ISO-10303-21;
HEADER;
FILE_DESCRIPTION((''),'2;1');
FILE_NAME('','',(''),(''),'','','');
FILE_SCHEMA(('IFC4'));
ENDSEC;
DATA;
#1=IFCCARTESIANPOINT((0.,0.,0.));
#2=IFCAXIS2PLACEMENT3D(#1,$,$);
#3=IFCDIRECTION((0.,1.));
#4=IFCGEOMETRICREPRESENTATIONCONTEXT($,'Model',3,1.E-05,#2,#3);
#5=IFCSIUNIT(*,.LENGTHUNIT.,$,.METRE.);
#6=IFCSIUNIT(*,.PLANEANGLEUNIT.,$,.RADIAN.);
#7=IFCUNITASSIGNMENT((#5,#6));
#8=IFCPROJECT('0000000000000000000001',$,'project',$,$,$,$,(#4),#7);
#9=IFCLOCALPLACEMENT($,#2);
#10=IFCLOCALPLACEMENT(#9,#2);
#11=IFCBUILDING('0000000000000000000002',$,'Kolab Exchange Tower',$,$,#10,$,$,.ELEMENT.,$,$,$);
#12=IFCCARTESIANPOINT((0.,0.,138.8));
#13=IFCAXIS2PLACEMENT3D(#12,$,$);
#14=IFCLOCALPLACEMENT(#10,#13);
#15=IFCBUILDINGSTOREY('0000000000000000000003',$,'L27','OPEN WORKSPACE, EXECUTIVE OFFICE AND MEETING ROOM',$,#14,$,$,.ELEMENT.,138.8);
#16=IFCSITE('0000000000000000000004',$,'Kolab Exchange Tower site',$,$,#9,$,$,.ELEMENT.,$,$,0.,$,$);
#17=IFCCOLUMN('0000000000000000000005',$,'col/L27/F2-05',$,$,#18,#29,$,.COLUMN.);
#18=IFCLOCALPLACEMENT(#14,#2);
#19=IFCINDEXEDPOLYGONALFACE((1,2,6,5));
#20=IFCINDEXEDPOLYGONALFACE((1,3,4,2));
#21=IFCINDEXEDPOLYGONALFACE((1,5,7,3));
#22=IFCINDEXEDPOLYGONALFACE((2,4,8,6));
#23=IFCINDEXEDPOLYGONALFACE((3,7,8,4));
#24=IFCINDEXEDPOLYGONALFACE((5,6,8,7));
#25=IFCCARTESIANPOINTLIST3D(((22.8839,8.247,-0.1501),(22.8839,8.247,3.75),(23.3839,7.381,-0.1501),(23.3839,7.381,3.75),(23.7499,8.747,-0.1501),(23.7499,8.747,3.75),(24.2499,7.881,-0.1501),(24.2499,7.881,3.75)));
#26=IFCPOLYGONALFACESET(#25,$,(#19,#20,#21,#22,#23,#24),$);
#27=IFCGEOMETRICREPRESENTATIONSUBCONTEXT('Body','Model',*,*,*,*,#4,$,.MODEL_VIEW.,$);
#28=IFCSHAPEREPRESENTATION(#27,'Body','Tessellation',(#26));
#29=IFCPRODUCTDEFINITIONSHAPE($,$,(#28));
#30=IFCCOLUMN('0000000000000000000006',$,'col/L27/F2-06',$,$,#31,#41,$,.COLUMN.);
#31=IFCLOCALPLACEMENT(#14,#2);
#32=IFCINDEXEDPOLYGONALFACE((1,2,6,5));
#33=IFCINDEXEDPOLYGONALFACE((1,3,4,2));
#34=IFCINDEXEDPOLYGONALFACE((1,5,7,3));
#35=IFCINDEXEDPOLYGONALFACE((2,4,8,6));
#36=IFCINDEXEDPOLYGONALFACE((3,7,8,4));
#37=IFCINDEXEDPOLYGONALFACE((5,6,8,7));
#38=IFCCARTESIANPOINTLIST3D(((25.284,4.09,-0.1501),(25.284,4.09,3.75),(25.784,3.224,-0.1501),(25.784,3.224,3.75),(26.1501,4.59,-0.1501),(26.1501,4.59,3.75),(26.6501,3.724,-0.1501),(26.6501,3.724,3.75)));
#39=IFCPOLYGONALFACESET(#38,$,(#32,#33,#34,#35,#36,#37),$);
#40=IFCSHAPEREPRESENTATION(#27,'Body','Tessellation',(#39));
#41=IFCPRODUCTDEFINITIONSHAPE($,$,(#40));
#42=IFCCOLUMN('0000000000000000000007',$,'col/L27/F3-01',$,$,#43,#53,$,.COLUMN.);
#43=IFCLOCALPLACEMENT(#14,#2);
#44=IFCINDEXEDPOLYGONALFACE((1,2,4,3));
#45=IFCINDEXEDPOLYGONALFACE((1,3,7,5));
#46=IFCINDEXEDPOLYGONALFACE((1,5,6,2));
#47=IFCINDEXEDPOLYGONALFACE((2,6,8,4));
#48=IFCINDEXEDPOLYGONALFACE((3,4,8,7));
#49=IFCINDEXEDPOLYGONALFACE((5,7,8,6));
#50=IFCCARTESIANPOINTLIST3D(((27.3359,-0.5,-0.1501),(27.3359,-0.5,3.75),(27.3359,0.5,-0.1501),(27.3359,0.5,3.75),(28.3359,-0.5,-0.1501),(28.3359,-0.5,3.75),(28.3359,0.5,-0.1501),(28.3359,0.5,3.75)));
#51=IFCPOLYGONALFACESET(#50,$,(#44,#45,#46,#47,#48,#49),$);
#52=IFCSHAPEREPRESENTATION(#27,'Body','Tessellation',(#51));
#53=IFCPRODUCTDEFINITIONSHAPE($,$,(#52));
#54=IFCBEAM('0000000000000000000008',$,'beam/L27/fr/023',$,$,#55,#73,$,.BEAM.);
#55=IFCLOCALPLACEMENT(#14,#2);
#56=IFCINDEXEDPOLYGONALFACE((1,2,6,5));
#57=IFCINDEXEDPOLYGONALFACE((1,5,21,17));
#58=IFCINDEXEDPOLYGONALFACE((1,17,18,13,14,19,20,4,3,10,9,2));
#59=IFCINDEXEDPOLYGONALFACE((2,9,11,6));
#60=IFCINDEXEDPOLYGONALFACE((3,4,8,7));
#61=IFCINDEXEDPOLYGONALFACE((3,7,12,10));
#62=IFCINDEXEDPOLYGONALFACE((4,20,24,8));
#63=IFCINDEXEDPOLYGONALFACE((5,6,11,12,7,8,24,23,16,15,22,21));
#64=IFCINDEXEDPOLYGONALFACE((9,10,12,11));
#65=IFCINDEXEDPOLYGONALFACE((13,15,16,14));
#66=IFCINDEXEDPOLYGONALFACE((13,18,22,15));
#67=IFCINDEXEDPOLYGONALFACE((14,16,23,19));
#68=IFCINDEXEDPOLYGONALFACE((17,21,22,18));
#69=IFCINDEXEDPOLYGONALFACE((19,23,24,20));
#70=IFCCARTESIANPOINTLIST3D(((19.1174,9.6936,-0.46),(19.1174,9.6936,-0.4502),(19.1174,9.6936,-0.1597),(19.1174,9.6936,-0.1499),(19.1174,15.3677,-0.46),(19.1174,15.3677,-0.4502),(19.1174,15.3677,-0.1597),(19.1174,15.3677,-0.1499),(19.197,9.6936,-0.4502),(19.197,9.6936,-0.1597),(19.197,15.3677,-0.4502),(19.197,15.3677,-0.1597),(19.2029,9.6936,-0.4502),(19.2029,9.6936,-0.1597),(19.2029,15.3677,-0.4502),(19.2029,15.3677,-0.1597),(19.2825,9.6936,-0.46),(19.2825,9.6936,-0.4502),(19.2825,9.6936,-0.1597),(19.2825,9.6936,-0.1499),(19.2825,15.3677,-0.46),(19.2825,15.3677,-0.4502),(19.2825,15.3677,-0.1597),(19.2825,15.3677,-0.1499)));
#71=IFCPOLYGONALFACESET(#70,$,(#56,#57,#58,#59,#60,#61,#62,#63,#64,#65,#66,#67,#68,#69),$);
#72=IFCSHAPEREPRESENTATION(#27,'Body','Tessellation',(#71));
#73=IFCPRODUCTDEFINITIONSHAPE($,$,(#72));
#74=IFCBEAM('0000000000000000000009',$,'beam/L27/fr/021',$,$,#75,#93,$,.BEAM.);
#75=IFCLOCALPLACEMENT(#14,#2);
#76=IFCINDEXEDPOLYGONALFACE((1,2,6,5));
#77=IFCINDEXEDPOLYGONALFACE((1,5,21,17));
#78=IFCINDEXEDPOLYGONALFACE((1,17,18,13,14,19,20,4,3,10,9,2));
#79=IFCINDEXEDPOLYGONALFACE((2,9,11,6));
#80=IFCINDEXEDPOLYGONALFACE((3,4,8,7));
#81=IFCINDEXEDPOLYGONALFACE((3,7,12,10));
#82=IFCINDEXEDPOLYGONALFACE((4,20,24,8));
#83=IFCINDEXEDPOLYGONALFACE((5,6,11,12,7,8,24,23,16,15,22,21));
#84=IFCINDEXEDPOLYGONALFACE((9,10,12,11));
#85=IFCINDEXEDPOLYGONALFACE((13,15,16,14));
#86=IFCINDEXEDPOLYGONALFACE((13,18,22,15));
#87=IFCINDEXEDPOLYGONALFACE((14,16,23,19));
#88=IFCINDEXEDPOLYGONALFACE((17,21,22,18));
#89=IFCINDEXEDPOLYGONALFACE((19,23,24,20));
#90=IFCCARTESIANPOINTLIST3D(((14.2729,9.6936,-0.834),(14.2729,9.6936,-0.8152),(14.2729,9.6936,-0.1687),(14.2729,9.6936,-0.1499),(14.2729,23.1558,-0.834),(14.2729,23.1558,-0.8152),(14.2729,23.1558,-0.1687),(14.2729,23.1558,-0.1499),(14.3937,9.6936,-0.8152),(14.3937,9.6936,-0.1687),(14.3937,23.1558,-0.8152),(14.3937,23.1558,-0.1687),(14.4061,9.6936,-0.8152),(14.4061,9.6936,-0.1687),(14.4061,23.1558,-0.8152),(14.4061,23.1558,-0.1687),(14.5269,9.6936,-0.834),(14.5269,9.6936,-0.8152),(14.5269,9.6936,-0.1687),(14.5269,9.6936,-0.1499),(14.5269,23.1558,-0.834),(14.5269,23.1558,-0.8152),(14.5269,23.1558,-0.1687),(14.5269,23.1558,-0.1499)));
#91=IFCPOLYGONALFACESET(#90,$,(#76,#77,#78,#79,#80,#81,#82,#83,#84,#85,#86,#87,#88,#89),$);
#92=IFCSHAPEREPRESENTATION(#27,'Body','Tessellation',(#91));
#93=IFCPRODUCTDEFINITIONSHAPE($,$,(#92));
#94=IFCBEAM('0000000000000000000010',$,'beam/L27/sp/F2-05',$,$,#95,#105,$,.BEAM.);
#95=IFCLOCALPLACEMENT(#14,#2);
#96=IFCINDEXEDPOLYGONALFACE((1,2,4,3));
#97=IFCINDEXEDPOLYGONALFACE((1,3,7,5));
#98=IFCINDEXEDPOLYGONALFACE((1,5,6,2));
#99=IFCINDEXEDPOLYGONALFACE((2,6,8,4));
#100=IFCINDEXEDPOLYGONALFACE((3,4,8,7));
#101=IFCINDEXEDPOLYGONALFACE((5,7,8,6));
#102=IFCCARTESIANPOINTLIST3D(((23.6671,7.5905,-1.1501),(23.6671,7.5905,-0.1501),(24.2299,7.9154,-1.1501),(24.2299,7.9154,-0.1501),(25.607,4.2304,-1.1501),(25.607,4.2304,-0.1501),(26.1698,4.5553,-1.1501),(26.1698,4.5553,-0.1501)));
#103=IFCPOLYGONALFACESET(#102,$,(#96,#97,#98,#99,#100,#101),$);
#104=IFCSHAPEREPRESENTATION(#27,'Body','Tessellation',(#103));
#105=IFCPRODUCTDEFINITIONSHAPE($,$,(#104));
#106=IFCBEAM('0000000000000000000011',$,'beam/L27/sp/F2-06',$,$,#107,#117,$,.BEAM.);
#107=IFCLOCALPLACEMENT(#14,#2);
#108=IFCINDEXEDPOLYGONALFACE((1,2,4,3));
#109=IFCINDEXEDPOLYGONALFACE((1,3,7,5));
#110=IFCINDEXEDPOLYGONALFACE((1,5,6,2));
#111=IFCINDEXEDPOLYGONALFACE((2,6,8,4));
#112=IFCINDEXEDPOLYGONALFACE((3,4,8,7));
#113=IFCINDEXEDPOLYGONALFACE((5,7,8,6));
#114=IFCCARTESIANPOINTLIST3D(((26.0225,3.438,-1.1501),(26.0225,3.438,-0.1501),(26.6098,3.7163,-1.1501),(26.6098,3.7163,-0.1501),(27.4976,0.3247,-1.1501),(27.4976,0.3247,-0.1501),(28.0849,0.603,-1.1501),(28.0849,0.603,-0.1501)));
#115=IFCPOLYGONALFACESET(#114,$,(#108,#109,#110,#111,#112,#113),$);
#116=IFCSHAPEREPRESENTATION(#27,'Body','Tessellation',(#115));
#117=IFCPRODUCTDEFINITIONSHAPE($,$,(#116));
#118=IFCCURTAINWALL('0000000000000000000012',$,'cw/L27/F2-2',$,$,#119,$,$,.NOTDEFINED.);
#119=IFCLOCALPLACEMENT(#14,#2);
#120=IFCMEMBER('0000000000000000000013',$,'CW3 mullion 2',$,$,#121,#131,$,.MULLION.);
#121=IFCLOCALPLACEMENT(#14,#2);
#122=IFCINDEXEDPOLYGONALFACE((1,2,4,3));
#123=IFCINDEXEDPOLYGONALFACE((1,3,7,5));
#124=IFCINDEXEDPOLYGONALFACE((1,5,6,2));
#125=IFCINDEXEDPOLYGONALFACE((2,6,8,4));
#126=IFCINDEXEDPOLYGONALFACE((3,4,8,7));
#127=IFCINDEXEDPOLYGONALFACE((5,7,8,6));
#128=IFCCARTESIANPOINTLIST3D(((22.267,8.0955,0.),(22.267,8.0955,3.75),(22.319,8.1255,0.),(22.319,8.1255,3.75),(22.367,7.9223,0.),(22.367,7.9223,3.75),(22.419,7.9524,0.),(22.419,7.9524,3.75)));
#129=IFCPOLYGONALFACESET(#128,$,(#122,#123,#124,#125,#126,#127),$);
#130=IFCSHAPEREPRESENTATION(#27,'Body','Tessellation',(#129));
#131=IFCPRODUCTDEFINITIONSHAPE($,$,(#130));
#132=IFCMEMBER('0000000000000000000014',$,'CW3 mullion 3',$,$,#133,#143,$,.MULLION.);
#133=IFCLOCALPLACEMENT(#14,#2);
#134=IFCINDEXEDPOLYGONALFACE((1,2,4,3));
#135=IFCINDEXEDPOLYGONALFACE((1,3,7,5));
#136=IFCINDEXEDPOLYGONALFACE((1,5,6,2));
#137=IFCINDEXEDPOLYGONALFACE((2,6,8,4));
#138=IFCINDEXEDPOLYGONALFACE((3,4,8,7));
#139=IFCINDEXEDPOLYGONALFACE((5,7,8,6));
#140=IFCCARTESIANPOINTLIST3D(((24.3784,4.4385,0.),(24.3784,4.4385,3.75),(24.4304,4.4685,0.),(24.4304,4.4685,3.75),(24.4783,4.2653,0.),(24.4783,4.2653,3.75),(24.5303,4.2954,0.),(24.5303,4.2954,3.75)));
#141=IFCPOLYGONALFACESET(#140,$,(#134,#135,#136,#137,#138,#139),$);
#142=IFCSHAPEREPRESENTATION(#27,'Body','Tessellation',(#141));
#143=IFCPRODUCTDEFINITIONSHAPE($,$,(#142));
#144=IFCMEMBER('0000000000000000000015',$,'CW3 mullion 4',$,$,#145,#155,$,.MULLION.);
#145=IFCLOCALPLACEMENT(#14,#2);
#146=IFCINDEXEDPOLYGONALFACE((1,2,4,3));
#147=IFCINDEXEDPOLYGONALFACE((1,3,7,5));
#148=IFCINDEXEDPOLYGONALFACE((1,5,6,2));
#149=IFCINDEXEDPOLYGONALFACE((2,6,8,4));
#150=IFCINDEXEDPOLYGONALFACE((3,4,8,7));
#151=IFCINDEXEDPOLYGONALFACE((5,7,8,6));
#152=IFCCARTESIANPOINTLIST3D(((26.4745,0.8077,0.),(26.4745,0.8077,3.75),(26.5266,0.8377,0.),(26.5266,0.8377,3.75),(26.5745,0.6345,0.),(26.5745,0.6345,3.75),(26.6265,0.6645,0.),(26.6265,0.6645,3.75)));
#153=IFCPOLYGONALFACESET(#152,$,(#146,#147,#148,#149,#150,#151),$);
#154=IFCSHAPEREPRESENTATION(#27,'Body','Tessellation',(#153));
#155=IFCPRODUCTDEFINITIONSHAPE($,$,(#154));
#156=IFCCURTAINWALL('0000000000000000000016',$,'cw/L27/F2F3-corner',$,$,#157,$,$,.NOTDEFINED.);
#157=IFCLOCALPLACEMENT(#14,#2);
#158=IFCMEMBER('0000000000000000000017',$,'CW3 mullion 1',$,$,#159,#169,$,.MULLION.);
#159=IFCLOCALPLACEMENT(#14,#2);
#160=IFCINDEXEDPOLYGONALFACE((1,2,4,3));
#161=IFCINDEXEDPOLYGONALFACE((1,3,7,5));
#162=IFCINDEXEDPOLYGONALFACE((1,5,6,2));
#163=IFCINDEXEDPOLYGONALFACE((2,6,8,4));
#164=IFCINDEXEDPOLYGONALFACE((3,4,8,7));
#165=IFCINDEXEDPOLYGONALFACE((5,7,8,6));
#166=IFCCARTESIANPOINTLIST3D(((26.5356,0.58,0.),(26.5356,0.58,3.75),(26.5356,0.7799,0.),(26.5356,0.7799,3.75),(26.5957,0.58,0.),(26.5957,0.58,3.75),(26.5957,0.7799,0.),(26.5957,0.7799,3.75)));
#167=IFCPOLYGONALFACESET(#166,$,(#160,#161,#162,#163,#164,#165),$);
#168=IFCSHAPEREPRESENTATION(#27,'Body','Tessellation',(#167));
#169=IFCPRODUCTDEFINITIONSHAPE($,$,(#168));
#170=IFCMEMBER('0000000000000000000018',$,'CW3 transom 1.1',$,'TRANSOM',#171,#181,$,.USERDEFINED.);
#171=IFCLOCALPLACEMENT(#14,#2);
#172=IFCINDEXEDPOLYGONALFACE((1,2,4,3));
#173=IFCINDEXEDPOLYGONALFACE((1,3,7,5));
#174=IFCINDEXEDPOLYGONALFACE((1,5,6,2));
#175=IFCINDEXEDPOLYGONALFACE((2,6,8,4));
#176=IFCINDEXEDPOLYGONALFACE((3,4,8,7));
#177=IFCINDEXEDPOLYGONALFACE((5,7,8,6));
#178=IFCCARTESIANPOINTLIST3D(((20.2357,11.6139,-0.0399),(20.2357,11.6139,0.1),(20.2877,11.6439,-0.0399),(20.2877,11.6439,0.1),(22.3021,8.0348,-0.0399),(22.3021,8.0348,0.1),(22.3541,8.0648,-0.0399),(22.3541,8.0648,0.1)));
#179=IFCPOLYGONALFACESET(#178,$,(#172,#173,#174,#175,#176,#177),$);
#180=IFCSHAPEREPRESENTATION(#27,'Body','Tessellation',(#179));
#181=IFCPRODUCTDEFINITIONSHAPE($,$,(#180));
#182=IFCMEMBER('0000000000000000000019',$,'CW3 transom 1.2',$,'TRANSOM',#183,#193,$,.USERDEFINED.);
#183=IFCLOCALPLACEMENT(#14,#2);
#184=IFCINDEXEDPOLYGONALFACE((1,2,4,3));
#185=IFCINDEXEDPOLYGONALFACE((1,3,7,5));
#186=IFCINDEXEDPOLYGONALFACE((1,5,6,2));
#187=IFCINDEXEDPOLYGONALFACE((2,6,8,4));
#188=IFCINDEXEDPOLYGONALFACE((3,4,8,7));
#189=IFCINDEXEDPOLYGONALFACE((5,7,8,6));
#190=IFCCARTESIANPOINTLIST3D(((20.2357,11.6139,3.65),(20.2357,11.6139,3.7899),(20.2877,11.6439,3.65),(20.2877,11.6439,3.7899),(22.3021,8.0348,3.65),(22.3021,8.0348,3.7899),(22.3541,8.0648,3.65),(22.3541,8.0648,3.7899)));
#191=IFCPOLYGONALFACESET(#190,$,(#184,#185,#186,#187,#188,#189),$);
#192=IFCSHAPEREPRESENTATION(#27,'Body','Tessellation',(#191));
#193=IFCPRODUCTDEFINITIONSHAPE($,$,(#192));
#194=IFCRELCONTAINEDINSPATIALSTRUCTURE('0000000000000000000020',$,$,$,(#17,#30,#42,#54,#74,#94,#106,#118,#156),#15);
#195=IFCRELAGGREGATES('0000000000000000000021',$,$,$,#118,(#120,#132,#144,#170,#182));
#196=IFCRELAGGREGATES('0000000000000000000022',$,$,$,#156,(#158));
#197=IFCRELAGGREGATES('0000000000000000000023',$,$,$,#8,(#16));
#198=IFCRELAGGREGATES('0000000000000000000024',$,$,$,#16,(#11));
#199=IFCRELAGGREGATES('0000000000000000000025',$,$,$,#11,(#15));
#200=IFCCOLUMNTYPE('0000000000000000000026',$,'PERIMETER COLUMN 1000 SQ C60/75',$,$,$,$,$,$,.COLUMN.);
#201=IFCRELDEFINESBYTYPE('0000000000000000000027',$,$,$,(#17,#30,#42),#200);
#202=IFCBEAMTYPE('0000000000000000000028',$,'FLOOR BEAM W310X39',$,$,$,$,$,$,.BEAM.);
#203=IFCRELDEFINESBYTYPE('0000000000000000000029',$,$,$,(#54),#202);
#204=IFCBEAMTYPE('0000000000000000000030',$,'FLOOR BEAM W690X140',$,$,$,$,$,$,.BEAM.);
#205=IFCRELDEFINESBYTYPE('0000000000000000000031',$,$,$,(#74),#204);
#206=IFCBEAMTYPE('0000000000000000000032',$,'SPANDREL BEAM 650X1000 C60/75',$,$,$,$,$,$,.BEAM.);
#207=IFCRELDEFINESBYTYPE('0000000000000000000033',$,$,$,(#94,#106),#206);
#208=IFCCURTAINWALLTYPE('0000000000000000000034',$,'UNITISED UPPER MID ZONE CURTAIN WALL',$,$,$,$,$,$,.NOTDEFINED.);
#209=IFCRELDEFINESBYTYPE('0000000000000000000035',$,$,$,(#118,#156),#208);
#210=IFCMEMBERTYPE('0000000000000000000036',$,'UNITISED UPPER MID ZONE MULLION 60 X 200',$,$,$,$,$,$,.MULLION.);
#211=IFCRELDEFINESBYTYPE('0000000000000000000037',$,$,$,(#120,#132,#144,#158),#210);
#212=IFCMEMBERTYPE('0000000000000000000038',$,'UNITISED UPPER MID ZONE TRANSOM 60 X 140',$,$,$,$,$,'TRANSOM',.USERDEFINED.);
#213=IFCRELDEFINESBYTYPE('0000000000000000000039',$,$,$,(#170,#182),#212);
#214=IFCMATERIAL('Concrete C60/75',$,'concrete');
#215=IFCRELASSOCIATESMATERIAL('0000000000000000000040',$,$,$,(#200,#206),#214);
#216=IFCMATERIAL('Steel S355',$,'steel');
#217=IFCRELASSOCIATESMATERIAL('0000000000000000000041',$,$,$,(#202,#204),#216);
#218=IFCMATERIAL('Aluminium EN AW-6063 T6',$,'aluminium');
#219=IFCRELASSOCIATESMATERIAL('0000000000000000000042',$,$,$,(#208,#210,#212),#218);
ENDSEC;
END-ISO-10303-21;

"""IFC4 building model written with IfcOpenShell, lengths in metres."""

from ifc_helpers import new_model, si_unit, direction, frame, origin, origin_2d, place, context, subcontext, project, spatial, rectangle, i_section, extrude, material, material_profile, profile_set, type_object, element, aggregate, save


model = new_model("IFC4")

# Units and contexts
model_context = context("Model", 3, precision=1e-05, world=origin(), true_north=direction((0.0, 1.0)))
body_context = subcontext(model_context, "Body", "Model", "MODEL_VIEW")
ifc_project = project(units=[si_unit("LENGTHUNIT", "METRE"), si_unit("PLANEANGLEUNIT", "RADIAN")], contexts=[model_context])

# Site, building, storey
site_placement = place(None, origin())
site = spatial("IfcSite", under=ifc_project, at=site_placement, Name="Kolab Exchange Tower site", CompositionType="ELEMENT", RefElevation=0.0)
building_placement = place(site_placement, origin())
building = spatial("IfcBuilding", under=site, at=building_placement, Name="Kolab Exchange Tower", CompositionType="ELEMENT")
storey_placement = place(building_placement, frame((0.0, 0.0, 138.8)))
storey = spatial("IfcBuildingStorey", under=building, at=storey_placement, Name="L27", Description="OPEN WORKSPACE, EXECUTIVE OFFICE AND MEETING ROOM", CompositionType="ELEMENT", Elevation=138.8)

# Columns
ifc_material_1 = material(Name="Concrete C60/75", Category="concrete")
ifc_material_profile_1 = material_profile(ifc_material_1, rectangle(XDim=1.0, YDim=1.0, at=origin_2d()), Name="RC1000")
ifc_profile_set_1 = profile_set([ifc_material_profile_1], Name="Concrete C60/75")
column_type = type_object("IfcColumnType", Name="PERIMETER COLUMN 1000 SQ C60/75", PredefinedType="COLUMN", material=ifc_profile_set_1)
for number, where, z_axis, x_axis, name in (
    (1, (23.5669, 8.064, -0.1501), (0.0, 0.0, 1.0), (0.866025, 0.5, 0.0), "col/L27/F2-05"),
    (2, (25.967, 3.907, -0.1501), (0.0, 0.0, 1.0), (0.866025, 0.5, 0.0), "col/L27/F2-06"),
    (3, (27.8359, 0.0, -0.1501), (0.0, 0.0, 1.0), (1.0, 0.0, 0.0), "col/L27/F3-01"),
):
    element("IfcColumn", number, at=place(storey_placement, frame(where, z_axis=z_axis, x_axis=x_axis)), inside=storey, type_object=column_type, Name=name, PredefinedType="COLUMN", context=body_context, shape_type="SweptSolid", body=[
        extrude(rectangle(XDim=1.0, YDim=1.0, at=origin_2d()), origin(), (0.0, 0.0, 1.0), 3.9001),
    ])

# Beams
ifc_material_2 = material(Name="Steel S355", Category="steel")
ifc_material_profile_2 = material_profile(ifc_material_2, i_section(OverallWidth=0.165, OverallDepth=0.3101, WebThickness=0.0059, FlangeThickness=0.0098, at=origin_2d()), Name="W310X39")
ifc_profile_set_2 = profile_set([ifc_material_profile_2], Name="Steel S355")
beam_type_1 = type_object("IfcBeamType", Name="FLOOR BEAM W310X39", PredefinedType="BEAM", material=ifc_profile_set_2)
beam_1_placement = place(storey_placement, frame((19.2, 9.6936, -0.3049), z_axis=(0.0, 1.0, 0.0), x_axis=(-1.0, 0.0, 0.0)))
element("IfcBeam", 4, at=beam_1_placement, inside=storey, type_object=beam_type_1, Name="beam/L27/fr/023", PredefinedType="BEAM", context=body_context, shape_type="SweptSolid", body=[
    extrude(i_section(OverallWidth=0.165, OverallDepth=0.3101, WebThickness=0.0059, FlangeThickness=0.0098, at=origin_2d()), origin(), (0.0, 0.0, 1.0), 5.6741),
])
ifc_material_profile_3 = material_profile(ifc_material_2, i_section(OverallWidth=0.2539, OverallDepth=0.6841, WebThickness=0.0125, FlangeThickness=0.0188, at=origin_2d()), Name="W690X140")
ifc_profile_set_3 = profile_set([ifc_material_profile_3], Name="Steel S355")
beam_type_2 = type_object("IfcBeamType", Name="FLOOR BEAM W690X140", PredefinedType="BEAM", material=ifc_profile_set_3)
beam_2_placement = place(storey_placement, frame((14.3999, 9.6936, -0.4919), z_axis=(0.0, 1.0, 0.0), x_axis=(-1.0, 0.0, 0.0)))
element("IfcBeam", 5, at=beam_2_placement, inside=storey, type_object=beam_type_2, Name="beam/L27/fr/021", PredefinedType="BEAM", context=body_context, shape_type="SweptSolid", body=[
    extrude(i_section(OverallWidth=0.2539, OverallDepth=0.6841, WebThickness=0.0125, FlangeThickness=0.0188, at=origin_2d()), origin(), (0.0, 0.0, 1.0), 13.4622),
])
ifc_material_profile_4 = material_profile(ifc_material_1, rectangle(XDim=0.6499, YDim=1.0, at=origin_2d()), Name="RC650X1000")
ifc_profile_set_4 = profile_set([ifc_material_profile_4], Name="Concrete C60/75")
beam_type_3 = type_object("IfcBeamType", Name="SPANDREL BEAM 650X1000 C60/75", PredefinedType="BEAM", material=ifc_profile_set_4)
beam_3_placement = place(storey_placement, frame((23.9485, 7.7529, -0.6501), z_axis=(0.499997, -0.866027, 0.0), x_axis=(0.866027, 0.499997, 0.0)))
element("IfcBeam", 6, at=beam_3_placement, inside=storey, type_object=beam_type_3, Name="beam/L27/sp/F2-05", PredefinedType="BEAM", context=body_context, shape_type="SweptSolid", body=[
    extrude(rectangle(XDim=0.6499, YDim=1.0, at=origin_2d()), origin(), (0.0, 0.0, 1.0), 3.8799),
])
beam_4_placement = place(storey_placement, frame((26.3162, 3.5771, -0.6501), z_axis=(0.428178, -0.903695, 0.0), x_axis=(0.903695, 0.428178, 0.0)))
element("IfcBeam", 7, at=beam_4_placement, inside=storey, type_object=beam_type_3, Name="beam/L27/sp/F2-06", PredefinedType="BEAM", context=body_context, shape_type="SweptSolid", body=[
    extrude(rectangle(XDim=0.6499, YDim=1.0, at=origin_2d()), origin(), (0.0, 0.0, 1.0), 3.4451),
])

# Curtain wall, members
ifc_material_3 = material(Name="Aluminium EN AW-6063 T6", Category="aluminium")
curtain_wall_type = type_object("IfcCurtainWallType", Name="UNITISED UPPER MID ZONE CURTAIN WALL", PredefinedType="NOTDEFINED", material=ifc_material_3)
curtain_wall_1_placement = place(storey_placement, origin())
curtain_wall_1 = element("IfcCurtainWall", 8, at=curtain_wall_1_placement, inside=storey, type_object=curtain_wall_type, Name="cw/L27/F2-2", PredefinedType="NOTDEFINED")
ifc_material_profile_5 = material_profile(ifc_material_3, rectangle(XDim=0.0601, YDim=0.2, at=origin_2d()), Name="RECT 60X200")
ifc_profile_set_5 = profile_set([ifc_material_profile_5], Name="Aluminium EN AW-6063 T6")
member_type_1 = type_object("IfcMemberType", Name="UNITISED UPPER MID ZONE MULLION 60 X 200", PredefinedType="MULLION", material=ifc_profile_set_5)
member_1_placement = place(storey_placement, frame((22.343, 8.0239, 0.0), z_axis=(0.0, 0.0, 1.0), x_axis=(0.866025, 0.5, 0.0)))
member_1 = element("IfcMember", 9, at=member_1_placement, type_object=member_type_1, Name="CW3 mullion 2", PredefinedType="MULLION", context=body_context, shape_type="SweptSolid", body=[
    extrude(rectangle(XDim=0.0601, YDim=0.2, at=origin_2d()), origin(), (0.0, 0.0, 1.0), 3.75),
])
member_2_placement = place(storey_placement, frame((24.4543, 4.3669, 0.0), z_axis=(0.0, 0.0, 1.0), x_axis=(0.866025, 0.5, 0.0)))
member_2 = element("IfcMember", 10, at=member_2_placement, type_object=member_type_1, Name="CW3 mullion 3", PredefinedType="MULLION", context=body_context, shape_type="SweptSolid", body=[
    extrude(rectangle(XDim=0.0601, YDim=0.2, at=origin_2d()), origin(), (0.0, 0.0, 1.0), 3.75),
])
member_3_placement = place(storey_placement, frame((26.5505, 0.7361, 0.0), z_axis=(0.0, 0.0, 1.0), x_axis=(0.866025, 0.5, 0.0)))
member_3 = element("IfcMember", 11, at=member_3_placement, type_object=member_type_1, Name="CW3 mullion 4", PredefinedType="MULLION", context=body_context, shape_type="SweptSolid", body=[
    extrude(rectangle(XDim=0.0601, YDim=0.2, at=origin_2d()), origin(), (0.0, 0.0, 1.0), 3.75),
])

# Curtain wall, member
curtain_wall_2_placement = place(storey_placement, origin())
curtain_wall_2 = element("IfcCurtainWall", 12, at=curtain_wall_2_placement, inside=storey, type_object=curtain_wall_type, Name="cw/L27/F2F3-corner", PredefinedType="NOTDEFINED")
member_4_placement = place(storey_placement, frame((26.5657, 0.6799, 0.0), z_axis=(0.0, 0.0, 1.0), x_axis=(1.0, 0.0, 0.0)))
member_4 = element("IfcMember", 13, at=member_4_placement, type_object=member_type_1, Name="CW3 mullion 1", PredefinedType="MULLION", context=body_context, shape_type="SweptSolid", body=[
    extrude(rectangle(XDim=0.0601, YDim=0.2, at=origin_2d()), origin(), (0.0, 0.0, 1.0), 3.75),
])

# Members
ifc_material_profile_6 = material_profile(ifc_material_3, rectangle(XDim=0.0601, YDim=0.1399, at=origin_2d()), Name="RECT 60X140")
ifc_profile_set_6 = profile_set([ifc_material_profile_6], Name="Aluminium EN AW-6063 T6")
member_type_2 = type_object("IfcMemberType", Name="UNITISED UPPER MID ZONE TRANSOM 60 X 140", ElementType="TRANSOM", PredefinedType="USERDEFINED", material=ifc_profile_set_6)
member_5_placement = place(storey_placement, frame((20.2617, 11.6289, 0.03), z_axis=(0.500002, -0.866024, 0.0), x_axis=(0.866024, 0.500002, 0.0)))
member_5 = element("IfcMember", 14, at=member_5_placement, type_object=member_type_2, Name="CW3 transom 1.1", ObjectType="TRANSOM", PredefinedType="USERDEFINED", context=body_context, shape_type="SweptSolid", body=[
    extrude(rectangle(XDim=0.0601, YDim=0.1399, at=origin_2d()), origin(), (0.0, 0.0, 1.0), 4.1328),
])
member_6_placement = place(storey_placement, frame((20.2617, 11.6289, 3.72), z_axis=(0.500002, -0.866024, 0.0), x_axis=(0.866024, 0.500002, 0.0)))
member_6 = element("IfcMember", 15, at=member_6_placement, type_object=member_type_2, Name="CW3 transom 1.2", ObjectType="TRANSOM", PredefinedType="USERDEFINED", context=body_context, shape_type="SweptSolid", body=[
    extrude(rectangle(XDim=0.0601, YDim=0.1399, at=origin_2d()), origin(), (0.0, 0.0, 1.0), 4.1328),
])

aggregate(curtain_wall_1, [member_1, member_2, member_3, member_5, member_6])
aggregate(curtain_wall_2, [member_4])

save(model, "model.ifc")
